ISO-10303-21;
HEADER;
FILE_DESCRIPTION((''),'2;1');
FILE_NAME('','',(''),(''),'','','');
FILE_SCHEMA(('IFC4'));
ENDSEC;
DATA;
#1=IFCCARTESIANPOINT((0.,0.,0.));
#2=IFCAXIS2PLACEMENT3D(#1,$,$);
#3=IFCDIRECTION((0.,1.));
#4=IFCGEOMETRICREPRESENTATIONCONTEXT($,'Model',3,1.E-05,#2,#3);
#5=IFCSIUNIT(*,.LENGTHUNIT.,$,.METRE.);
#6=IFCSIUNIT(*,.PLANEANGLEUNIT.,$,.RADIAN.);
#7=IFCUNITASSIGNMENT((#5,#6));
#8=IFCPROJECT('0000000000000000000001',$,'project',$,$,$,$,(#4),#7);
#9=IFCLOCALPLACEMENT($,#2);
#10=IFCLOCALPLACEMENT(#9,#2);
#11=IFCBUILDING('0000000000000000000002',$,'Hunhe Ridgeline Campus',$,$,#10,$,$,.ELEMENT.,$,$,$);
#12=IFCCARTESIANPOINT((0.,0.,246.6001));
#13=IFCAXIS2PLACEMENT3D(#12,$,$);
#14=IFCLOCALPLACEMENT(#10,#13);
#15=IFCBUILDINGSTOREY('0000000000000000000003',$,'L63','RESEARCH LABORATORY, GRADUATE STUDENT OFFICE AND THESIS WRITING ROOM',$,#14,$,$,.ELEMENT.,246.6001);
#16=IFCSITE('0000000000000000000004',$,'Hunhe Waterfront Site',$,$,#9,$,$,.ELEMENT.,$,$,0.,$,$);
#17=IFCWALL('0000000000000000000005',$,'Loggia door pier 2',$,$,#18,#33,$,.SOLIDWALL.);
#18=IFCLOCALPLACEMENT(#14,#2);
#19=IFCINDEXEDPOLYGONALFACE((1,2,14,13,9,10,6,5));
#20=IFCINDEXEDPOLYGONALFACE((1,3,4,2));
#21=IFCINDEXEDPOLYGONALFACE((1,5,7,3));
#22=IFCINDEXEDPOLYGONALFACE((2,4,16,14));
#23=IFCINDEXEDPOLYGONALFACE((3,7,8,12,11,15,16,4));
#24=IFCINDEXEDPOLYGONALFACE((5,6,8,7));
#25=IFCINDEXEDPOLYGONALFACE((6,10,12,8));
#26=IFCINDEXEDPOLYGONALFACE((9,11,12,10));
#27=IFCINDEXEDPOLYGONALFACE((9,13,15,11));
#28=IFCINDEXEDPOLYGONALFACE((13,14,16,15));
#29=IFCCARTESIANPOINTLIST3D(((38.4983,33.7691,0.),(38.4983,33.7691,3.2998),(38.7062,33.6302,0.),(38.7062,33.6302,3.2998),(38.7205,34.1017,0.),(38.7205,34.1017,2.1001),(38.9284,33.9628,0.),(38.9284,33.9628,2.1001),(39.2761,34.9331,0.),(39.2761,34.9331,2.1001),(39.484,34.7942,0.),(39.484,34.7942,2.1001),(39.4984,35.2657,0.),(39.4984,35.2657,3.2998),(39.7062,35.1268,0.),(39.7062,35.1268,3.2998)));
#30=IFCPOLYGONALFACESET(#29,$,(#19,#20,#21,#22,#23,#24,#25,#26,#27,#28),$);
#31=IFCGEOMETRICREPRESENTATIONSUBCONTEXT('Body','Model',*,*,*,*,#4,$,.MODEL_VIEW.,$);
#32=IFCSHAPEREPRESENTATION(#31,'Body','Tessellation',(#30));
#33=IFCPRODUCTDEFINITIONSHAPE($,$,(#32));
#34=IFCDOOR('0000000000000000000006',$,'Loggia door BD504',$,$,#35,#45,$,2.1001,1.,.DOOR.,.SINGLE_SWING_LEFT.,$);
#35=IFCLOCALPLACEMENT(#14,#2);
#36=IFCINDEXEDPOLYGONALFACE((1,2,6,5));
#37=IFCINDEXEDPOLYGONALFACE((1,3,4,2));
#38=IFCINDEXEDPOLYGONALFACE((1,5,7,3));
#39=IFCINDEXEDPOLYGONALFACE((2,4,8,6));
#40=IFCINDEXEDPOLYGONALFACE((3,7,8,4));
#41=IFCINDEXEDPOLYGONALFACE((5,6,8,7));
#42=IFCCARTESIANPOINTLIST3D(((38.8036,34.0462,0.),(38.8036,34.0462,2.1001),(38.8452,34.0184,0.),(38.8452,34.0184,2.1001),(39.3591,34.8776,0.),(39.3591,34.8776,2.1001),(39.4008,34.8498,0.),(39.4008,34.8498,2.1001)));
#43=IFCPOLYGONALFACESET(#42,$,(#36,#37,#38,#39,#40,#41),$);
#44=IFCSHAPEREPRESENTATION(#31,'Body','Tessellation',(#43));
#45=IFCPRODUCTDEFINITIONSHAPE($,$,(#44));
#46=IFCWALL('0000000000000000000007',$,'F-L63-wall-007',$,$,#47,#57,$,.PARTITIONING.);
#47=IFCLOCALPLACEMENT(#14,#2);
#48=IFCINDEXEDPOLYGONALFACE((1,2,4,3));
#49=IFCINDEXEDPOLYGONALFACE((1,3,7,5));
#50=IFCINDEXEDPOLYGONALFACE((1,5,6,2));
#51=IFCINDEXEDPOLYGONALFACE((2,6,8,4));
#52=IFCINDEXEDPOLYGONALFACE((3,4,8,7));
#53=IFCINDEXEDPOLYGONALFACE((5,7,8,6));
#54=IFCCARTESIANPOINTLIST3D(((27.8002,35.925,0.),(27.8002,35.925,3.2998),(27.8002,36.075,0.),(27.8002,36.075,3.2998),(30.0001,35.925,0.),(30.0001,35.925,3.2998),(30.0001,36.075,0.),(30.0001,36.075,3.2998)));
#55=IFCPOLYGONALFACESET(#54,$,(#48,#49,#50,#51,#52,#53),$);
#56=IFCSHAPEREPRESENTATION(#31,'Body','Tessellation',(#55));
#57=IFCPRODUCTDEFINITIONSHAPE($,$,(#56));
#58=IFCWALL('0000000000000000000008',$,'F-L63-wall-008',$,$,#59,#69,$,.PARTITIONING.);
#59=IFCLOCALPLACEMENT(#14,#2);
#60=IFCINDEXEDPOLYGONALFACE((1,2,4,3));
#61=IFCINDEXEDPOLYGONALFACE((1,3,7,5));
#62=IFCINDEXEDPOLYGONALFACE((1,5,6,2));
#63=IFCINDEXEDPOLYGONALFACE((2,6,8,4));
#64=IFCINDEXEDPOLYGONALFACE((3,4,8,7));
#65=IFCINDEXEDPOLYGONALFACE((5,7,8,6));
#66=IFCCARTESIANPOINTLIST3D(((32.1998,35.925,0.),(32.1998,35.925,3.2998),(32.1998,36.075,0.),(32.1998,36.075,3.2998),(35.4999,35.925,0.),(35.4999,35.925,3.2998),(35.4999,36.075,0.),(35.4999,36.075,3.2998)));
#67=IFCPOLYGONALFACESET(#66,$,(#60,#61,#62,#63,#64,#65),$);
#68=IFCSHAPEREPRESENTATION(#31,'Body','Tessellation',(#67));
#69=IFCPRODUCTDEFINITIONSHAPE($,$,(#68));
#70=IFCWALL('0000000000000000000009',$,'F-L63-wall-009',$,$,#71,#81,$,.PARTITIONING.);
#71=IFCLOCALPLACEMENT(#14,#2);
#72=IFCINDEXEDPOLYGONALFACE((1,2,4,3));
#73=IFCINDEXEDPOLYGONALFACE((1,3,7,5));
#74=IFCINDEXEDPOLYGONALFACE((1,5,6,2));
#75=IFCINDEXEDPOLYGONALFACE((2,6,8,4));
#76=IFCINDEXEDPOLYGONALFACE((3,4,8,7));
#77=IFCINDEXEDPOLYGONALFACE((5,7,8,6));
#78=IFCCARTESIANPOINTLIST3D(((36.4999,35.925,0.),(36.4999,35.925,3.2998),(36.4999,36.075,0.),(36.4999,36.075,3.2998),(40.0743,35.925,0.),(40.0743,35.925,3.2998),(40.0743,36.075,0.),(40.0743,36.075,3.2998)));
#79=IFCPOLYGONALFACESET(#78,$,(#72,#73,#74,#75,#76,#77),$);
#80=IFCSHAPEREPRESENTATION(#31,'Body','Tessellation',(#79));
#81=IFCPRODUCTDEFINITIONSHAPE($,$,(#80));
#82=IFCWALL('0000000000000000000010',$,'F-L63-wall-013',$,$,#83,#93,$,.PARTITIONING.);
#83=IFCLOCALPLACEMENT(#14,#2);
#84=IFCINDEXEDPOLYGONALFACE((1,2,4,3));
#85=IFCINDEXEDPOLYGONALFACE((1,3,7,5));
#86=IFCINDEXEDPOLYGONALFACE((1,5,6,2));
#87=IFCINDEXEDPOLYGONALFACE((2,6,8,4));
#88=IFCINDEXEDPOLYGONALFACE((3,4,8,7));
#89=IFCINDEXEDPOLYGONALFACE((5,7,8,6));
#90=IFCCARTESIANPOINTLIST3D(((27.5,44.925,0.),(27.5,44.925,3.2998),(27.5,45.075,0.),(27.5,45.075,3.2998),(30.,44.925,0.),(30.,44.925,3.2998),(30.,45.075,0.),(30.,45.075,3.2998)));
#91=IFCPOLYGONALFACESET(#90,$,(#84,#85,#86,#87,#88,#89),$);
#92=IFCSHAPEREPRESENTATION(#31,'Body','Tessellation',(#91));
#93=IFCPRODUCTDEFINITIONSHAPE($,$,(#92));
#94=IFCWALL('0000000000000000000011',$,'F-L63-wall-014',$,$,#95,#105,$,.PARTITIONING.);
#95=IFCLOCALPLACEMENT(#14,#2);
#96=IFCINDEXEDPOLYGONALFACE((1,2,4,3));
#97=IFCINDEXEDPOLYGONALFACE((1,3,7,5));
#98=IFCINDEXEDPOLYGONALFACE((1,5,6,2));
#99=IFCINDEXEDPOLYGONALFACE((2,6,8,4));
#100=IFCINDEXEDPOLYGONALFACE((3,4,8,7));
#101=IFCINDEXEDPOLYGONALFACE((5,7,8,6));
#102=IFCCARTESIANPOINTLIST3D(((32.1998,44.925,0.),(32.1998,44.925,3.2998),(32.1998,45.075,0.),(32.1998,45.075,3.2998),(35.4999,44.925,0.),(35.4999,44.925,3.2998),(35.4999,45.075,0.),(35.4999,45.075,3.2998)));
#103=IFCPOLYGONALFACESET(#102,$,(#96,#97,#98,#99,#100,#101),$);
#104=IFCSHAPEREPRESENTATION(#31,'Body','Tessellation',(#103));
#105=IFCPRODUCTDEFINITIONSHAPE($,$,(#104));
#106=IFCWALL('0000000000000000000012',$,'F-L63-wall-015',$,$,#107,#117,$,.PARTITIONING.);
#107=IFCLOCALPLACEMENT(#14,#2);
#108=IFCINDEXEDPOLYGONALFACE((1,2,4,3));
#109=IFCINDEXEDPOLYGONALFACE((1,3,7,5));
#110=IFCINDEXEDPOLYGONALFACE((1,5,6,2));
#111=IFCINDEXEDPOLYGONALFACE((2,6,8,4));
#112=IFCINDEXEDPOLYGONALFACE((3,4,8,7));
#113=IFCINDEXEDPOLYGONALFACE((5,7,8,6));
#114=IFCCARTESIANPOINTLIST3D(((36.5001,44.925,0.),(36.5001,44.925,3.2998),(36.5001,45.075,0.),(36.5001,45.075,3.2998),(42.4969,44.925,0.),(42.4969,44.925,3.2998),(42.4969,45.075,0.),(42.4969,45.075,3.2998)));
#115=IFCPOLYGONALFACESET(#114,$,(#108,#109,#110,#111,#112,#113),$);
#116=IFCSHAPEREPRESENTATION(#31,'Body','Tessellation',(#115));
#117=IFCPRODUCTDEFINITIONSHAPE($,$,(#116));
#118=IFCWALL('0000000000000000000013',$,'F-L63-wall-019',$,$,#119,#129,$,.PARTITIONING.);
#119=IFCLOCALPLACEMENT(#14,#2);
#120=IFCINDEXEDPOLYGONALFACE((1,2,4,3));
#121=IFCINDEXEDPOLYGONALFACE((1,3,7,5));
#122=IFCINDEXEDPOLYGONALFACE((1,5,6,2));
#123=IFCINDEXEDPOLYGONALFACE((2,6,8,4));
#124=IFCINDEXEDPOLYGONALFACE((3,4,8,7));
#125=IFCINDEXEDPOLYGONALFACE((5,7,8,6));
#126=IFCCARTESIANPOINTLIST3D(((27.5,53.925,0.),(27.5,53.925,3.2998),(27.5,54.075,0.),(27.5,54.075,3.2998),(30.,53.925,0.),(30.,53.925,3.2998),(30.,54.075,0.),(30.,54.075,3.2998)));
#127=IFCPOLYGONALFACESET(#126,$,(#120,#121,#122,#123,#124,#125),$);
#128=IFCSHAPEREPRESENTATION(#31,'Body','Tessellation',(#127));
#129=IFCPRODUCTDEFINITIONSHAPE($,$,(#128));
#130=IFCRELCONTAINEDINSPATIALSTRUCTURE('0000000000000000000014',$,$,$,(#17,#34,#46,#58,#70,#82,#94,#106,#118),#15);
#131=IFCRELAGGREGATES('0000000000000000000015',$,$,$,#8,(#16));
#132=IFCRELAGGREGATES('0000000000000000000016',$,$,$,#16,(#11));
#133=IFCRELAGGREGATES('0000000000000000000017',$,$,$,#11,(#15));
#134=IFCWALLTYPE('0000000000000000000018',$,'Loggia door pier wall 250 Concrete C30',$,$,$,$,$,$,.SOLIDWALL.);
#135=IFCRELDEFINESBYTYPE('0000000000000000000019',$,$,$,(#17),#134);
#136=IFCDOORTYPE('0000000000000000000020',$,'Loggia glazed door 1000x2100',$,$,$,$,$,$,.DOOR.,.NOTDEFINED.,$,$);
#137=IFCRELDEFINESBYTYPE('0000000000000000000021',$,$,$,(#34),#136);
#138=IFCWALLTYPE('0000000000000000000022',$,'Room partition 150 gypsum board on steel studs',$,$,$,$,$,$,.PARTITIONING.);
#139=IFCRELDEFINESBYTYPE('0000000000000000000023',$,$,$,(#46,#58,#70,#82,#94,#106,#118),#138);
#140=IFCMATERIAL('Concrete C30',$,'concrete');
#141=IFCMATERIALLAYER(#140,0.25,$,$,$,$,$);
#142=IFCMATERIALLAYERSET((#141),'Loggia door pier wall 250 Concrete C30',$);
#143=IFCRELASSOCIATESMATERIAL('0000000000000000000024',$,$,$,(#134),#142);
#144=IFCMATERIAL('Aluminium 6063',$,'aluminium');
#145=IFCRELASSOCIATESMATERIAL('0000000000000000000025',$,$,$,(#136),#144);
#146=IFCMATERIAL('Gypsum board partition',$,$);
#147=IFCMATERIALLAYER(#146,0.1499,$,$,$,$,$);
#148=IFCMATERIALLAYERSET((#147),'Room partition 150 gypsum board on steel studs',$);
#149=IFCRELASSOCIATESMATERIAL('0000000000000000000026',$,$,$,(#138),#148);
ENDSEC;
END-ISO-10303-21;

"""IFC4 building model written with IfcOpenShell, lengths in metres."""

from ifc_helpers import new_model, si_unit, direction, frame, frame_2d, origin, place, context, subcontext, project, spatial, rectangle, extrude, material, layer, layer_set, type_object, element, fill, save


model = new_model("IFC4")

# Units and contexts
model_context = context("Model", 3, precision=1e-05, world=origin(), true_north=direction((0.0, 1.0)))
body_context = subcontext(model_context, "Body", "Model", "MODEL_VIEW")
ifc_project = project(units=[si_unit("LENGTHUNIT", "METRE"), si_unit("PLANEANGLEUNIT", "RADIAN")], contexts=[model_context])

# Site, building, storey
site_placement = place(None, origin())
site = spatial("IfcSite", under=ifc_project, at=site_placement, Name="Hunhe Waterfront Site", CompositionType="ELEMENT", RefElevation=0.0)
building_placement = place(site_placement, origin())
building = spatial("IfcBuilding", under=site, at=building_placement, Name="Hunhe Ridgeline Campus", CompositionType="ELEMENT")
storey_placement = place(building_placement, frame((0.0, 0.0, 246.6001)))
storey = spatial("IfcBuildingStorey", under=building, at=storey_placement, Name="L63", Description="RESEARCH LABORATORY, GRADUATE STUDENT OFFICE AND THESIS WRITING ROOM", CompositionType="ELEMENT", Elevation=246.6001)

# Shared definitions
ifc_material_1 = material(Name="Aluminium 6063", Category="aluminium")

# Wall, opening, door
ifc_material_2 = material(Name="Concrete C30", Category="concrete")
ifc_layer_1 = layer(ifc_material_2, 0.25)
ifc_layer_set_1 = layer_set([ifc_layer_1], Name="Loggia door pier wall 250 Concrete C30")
wall_type_1 = type_object("IfcWallType", Name="Loggia door pier wall 250 Concrete C30", PredefinedType="SOLIDWALL", material=ifc_layer_set_1)
wall_1_placement = place(storey_placement, frame((38.6023, 33.6997, 0.0), z_axis=(0.0, 0.0, 1.0), x_axis=(0.555576, 0.831466, 0.0)))
wall_1 = element("IfcWall", 1, at=wall_1_placement, inside=storey, type_object=wall_type_1, Name="Loggia door pier 2", PredefinedType="SOLIDWALL", context=body_context, shape_type="SweptSolid", body=[
    extrude(rectangle(XDim=1.8, YDim=0.25, at=frame_2d((0.8999, 0.0))), origin(), (0.0, 0.0, 1.0), 3.2998),
])
opening_placement = place(wall_1_placement, frame((0.3999, 0.0, 0.0)))
opening = element("IfcOpeningElement", 2, at=opening_placement, cuts=wall_1, PredefinedType="OPENING", context=body_context, shape_type="SweptSolid", body=[
    extrude(rectangle(XDim=1.0, YDim=2.1001, at=frame_2d((0.5, 1.05))), frame((0.0, 0.125, 0.0), z_axis=(0.0, -1.0, 0.0), x_axis=(1.0, 0.0, 0.0)), (0.0, 0.0, 1.0), 0.25),
])
door_type = type_object("IfcDoorType", Name="Loggia glazed door 1000x2100", OperationType="NOTDEFINED", PredefinedType="DOOR", material=ifc_material_1)
door_placement = place(opening_placement, frame((1.0, 0.0, 0.0), z_axis=(0.0, 0.0, 1.0), x_axis=(-1.0, 0.0, 0.0)))
door = element("IfcDoor", 3, at=door_placement, inside=storey, type_object=door_type, Name="Loggia door BD504", OperationType="SINGLE_SWING_LEFT", OverallHeight=2.1001, OverallWidth=1.0, PredefinedType="DOOR", context=body_context, shape_type="SweptSolid", body=[
    extrude(rectangle(XDim=1.0, YDim=2.1001, at=frame_2d((0.5, 1.05))), frame((0.0, 0.0249, 0.0), z_axis=(0.0, -1.0, 0.0), x_axis=(1.0, 0.0, 0.0)), (0.0, 0.0, 1.0), 0.05),
])
fill(opening, door)

# Walls
ifc_material_3 = material(Name="Gypsum board partition")
ifc_layer_2 = layer(ifc_material_3, 0.1499)
ifc_layer_set_2 = layer_set([ifc_layer_2], Name="Room partition 150 gypsum board on steel studs")
wall_type_2 = type_object("IfcWallType", Name="Room partition 150 gypsum board on steel studs", PredefinedType="PARTITIONING", material=ifc_layer_set_2)
wall_2_placement = place(storey_placement, frame((27.8, 36.0, 0.0), z_axis=(0.0, 0.0, 1.0), x_axis=(1.0, 0.0, 0.0)))
element("IfcWall", 4, at=wall_2_placement, inside=storey, type_object=wall_type_2, Name="F-L63-wall-007", PredefinedType="PARTITIONING", context=body_context, shape_type="SweptSolid", body=[
    extrude(rectangle(XDim=2.2, YDim=0.1499, at=frame_2d((1.1001, 0.0))), origin(), (0.0, 0.0, 1.0), 3.2998),
])
wall_3_placement = place(storey_placement, frame((32.2, 36.0, 0.0), z_axis=(0.0, 0.0, 1.0), x_axis=(1.0, 0.0, 0.0)))
element("IfcWall", 5, at=wall_3_placement, inside=storey, type_object=wall_type_2, Name="F-L63-wall-008", PredefinedType="PARTITIONING", context=body_context, shape_type="SweptSolid", body=[
    extrude(rectangle(XDim=3.3, YDim=0.1499, at=frame_2d((1.6499, 0.0))), origin(), (0.0, 0.0, 1.0), 3.2998),
])
wall_4_placement = place(storey_placement, frame((36.5, 36.0, 0.0), z_axis=(0.0, 0.0, 1.0), x_axis=(1.0, 0.0, 0.0)))
element("IfcWall", 6, at=wall_4_placement, inside=storey, type_object=wall_type_2, Name="F-L63-wall-009", PredefinedType="PARTITIONING", context=body_context, shape_type="SweptSolid", body=[
    extrude(rectangle(XDim=3.5745, YDim=0.1499, at=frame_2d((1.7871, 0.0))), origin(), (0.0, 0.0, 1.0), 3.2998),
])
wall_5_placement = place(storey_placement, frame((27.5, 45.0, 0.0), z_axis=(0.0, 0.0, 1.0), x_axis=(1.0, 0.0, 0.0)))
element("IfcWall", 7, at=wall_5_placement, inside=storey, type_object=wall_type_2, Name="F-L63-wall-013", PredefinedType="PARTITIONING", context=body_context, shape_type="SweptSolid", body=[
    extrude(rectangle(XDim=2.5, YDim=0.1499, at=frame_2d((1.25, 0.0))), origin(), (0.0, 0.0, 1.0), 3.2998),
])
wall_6_placement = place(storey_placement, frame((32.2, 45.0, 0.0), z_axis=(0.0, 0.0, 1.0), x_axis=(1.0, 0.0, 0.0)))
element("IfcWall", 8, at=wall_6_placement, inside=storey, type_object=wall_type_2, Name="F-L63-wall-014", PredefinedType="PARTITIONING", context=body_context, shape_type="SweptSolid", body=[
    extrude(rectangle(XDim=3.3, YDim=0.1499, at=frame_2d((1.6499, 0.0))), origin(), (0.0, 0.0, 1.0), 3.2998),
])
wall_7_placement = place(storey_placement, frame((36.5, 45.0, 0.0), z_axis=(0.0, 0.0, 1.0), x_axis=(1.0, 0.0, 0.0)))
element("IfcWall", 9, at=wall_7_placement, inside=storey, type_object=wall_type_2, Name="F-L63-wall-015", PredefinedType="PARTITIONING", context=body_context, shape_type="SweptSolid", body=[
    extrude(rectangle(XDim=5.9968, YDim=0.1499, at=frame_2d((2.9985, 0.0))), origin(), (0.0, 0.0, 1.0), 3.2998),
])
wall_8_placement = place(storey_placement, frame((27.5, 54.0, 0.0), z_axis=(0.0, 0.0, 1.0), x_axis=(1.0, 0.0, 0.0)))
element("IfcWall", 10, at=wall_8_placement, inside=storey, type_object=wall_type_2, Name="F-L63-wall-019", PredefinedType="PARTITIONING", context=body_context, shape_type="SweptSolid", body=[
    extrude(rectangle(XDim=2.5, YDim=0.1499, at=frame_2d((1.25, 0.0))), origin(), (0.0, 0.0, 1.0), 3.2998),
])

save(model, "model.ifc")
